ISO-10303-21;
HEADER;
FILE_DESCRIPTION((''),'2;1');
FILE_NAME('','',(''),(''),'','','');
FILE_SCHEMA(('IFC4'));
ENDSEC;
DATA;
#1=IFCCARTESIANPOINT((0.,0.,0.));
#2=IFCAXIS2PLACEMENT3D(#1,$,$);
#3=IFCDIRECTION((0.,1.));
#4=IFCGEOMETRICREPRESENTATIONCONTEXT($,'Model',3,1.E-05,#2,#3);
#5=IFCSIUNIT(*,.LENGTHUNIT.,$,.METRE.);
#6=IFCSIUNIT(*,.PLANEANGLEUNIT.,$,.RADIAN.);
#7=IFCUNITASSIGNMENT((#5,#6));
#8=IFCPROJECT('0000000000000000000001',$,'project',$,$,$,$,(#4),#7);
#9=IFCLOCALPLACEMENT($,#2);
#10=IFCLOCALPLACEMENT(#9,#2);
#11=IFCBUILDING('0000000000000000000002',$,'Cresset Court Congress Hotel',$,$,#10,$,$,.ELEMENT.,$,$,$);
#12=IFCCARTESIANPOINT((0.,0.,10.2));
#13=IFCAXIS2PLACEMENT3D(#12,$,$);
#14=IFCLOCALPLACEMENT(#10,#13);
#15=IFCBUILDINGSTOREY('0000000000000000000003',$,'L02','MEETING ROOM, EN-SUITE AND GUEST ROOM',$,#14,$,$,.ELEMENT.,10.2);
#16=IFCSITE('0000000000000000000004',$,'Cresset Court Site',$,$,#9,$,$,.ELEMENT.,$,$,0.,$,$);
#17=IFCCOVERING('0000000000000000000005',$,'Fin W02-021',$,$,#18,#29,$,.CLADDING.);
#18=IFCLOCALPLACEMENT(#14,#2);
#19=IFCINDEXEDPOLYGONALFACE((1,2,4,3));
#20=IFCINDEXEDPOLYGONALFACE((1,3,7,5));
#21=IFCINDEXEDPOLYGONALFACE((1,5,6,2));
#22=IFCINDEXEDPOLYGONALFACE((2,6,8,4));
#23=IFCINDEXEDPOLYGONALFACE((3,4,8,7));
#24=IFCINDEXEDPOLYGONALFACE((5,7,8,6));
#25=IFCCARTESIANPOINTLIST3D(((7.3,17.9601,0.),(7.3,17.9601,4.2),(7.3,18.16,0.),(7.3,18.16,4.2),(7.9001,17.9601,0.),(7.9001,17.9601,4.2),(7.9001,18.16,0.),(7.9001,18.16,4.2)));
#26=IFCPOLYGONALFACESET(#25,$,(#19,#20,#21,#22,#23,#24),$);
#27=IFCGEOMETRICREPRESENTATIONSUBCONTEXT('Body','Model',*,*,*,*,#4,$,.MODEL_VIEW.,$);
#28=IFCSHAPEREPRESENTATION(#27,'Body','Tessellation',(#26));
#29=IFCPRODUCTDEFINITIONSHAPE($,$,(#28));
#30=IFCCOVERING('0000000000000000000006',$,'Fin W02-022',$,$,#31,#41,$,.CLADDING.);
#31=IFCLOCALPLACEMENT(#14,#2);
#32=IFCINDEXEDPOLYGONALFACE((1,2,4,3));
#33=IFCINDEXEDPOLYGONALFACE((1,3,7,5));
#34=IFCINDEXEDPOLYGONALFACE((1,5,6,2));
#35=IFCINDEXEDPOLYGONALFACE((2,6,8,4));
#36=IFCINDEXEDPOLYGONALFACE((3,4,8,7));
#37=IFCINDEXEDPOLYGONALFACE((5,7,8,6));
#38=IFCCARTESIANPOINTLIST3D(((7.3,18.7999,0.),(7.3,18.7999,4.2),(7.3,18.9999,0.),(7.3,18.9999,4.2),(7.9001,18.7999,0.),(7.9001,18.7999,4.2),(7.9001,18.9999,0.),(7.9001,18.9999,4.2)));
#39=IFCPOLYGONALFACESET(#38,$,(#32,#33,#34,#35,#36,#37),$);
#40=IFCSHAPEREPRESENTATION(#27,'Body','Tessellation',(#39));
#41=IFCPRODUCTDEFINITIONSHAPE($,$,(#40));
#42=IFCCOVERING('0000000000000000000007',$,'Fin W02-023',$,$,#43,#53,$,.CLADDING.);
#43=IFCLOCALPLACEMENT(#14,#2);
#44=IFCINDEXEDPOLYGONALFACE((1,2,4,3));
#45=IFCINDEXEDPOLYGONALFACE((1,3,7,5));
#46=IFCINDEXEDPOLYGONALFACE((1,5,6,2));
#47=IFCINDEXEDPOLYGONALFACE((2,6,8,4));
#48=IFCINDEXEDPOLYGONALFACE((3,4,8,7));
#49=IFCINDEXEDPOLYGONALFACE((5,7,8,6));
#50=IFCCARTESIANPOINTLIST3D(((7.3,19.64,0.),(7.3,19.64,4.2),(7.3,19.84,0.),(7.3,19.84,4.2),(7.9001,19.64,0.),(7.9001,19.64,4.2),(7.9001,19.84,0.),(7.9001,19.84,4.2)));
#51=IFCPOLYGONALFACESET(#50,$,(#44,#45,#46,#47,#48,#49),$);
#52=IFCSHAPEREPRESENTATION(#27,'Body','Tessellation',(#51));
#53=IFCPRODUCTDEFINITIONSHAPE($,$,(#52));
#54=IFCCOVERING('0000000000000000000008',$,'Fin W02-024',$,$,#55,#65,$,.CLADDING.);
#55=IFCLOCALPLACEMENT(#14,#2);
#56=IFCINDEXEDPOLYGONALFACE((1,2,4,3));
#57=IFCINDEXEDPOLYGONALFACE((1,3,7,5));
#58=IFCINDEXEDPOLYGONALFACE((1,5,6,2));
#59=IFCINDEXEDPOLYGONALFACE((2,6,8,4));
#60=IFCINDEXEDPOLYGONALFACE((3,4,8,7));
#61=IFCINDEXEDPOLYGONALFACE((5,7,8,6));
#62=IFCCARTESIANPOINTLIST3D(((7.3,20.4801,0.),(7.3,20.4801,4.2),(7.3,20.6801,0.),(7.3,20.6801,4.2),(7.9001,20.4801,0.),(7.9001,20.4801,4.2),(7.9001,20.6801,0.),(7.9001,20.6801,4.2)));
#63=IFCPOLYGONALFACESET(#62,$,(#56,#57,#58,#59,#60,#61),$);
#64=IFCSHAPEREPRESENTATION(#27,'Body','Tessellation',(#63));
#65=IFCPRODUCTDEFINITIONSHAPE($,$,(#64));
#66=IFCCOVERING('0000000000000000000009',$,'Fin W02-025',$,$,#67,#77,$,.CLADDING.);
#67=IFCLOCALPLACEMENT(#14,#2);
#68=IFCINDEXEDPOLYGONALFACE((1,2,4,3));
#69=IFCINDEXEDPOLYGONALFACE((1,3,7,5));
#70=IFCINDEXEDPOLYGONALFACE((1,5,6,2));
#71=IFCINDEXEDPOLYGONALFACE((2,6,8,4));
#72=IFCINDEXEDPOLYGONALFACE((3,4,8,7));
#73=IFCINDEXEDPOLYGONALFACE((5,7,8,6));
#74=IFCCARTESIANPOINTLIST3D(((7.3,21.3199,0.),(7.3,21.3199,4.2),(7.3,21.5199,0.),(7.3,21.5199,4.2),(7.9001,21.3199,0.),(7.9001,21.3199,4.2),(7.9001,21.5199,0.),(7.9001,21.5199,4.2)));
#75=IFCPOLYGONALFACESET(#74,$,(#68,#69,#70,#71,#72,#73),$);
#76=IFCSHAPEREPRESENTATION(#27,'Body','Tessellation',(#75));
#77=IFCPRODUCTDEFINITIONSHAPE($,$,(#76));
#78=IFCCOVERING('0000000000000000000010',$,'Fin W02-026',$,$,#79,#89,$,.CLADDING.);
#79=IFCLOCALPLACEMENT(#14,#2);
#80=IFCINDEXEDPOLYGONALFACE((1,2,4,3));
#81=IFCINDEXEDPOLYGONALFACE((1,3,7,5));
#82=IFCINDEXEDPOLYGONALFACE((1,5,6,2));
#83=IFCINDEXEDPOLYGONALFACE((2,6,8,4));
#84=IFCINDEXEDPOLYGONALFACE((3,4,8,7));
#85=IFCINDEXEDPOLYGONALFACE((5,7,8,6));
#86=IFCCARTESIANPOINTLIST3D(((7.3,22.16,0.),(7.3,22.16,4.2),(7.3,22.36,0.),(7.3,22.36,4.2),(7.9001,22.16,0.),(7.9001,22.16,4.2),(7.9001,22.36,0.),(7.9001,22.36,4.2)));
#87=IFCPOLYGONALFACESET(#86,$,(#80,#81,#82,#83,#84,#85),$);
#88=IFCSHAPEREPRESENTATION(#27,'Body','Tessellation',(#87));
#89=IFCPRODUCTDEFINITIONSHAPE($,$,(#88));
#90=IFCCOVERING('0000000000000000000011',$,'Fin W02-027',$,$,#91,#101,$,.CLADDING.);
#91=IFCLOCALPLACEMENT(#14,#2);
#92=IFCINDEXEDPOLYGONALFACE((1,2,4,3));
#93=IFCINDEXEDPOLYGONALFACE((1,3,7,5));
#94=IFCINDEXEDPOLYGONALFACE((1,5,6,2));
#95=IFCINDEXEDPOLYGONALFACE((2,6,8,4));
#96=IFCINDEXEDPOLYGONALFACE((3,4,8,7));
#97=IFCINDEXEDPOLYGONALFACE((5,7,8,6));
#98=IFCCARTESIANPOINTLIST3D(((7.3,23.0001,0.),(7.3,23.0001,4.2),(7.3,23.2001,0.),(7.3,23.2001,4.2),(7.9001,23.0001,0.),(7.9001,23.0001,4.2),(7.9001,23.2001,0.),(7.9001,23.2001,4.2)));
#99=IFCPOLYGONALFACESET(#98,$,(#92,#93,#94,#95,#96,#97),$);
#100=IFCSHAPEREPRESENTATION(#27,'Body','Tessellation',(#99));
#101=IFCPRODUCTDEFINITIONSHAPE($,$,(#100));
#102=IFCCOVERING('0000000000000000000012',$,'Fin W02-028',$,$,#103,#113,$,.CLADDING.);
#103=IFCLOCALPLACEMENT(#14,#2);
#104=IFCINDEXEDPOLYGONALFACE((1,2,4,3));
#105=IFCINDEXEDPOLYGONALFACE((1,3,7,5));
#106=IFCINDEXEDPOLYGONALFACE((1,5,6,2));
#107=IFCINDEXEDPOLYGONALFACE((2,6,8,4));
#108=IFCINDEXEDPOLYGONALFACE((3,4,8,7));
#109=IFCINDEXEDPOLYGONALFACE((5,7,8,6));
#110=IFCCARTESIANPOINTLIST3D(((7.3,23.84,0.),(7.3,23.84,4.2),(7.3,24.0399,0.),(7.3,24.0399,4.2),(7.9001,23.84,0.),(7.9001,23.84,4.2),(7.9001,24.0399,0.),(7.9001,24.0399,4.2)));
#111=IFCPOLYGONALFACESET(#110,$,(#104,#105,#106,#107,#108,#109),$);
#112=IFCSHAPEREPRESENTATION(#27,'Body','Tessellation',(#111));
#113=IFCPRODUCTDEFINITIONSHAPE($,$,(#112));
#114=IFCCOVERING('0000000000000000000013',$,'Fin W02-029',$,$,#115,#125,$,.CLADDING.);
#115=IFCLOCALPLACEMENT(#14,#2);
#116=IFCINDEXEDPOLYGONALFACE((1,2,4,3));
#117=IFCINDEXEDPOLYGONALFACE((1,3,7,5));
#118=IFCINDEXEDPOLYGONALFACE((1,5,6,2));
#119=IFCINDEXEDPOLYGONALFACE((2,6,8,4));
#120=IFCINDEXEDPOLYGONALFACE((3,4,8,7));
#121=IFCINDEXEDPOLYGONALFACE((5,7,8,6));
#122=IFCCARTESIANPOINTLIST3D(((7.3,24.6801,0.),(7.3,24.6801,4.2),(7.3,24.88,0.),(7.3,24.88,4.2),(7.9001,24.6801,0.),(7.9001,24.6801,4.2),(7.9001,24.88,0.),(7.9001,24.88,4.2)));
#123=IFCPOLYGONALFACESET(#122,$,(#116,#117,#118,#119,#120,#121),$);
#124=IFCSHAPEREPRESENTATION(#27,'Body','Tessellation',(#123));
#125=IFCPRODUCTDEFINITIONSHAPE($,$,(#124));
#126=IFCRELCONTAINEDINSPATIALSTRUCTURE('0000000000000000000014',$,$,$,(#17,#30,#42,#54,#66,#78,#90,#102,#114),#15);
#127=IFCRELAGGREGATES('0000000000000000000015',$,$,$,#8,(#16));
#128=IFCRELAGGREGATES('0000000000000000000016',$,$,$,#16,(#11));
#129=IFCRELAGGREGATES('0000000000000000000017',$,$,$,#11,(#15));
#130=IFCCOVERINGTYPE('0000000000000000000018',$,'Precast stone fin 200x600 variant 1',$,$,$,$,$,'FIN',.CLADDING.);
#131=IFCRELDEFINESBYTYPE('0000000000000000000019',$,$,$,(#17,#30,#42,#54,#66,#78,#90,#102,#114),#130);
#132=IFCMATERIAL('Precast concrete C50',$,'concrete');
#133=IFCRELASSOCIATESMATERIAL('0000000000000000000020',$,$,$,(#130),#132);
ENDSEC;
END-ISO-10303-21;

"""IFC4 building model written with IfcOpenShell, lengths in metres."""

from ifc_helpers import new_model, si_unit, direction, frame, origin, origin_2d, place, context, subcontext, project, spatial, rectangle, extrude, material, type_object, element, save


model = new_model("IFC4")

# Units and contexts
model_context = context("Model", 3, precision=1e-05, world=origin(), true_north=direction((0.0, 1.0)))
body_context = subcontext(model_context, "Body", "Model", "MODEL_VIEW")
ifc_project = project(units=[si_unit("LENGTHUNIT", "METRE"), si_unit("PLANEANGLEUNIT", "RADIAN")], contexts=[model_context])

# Site, building, storey
site_placement = place(None, origin())
site = spatial("IfcSite", under=ifc_project, at=site_placement, Name="Cresset Court Site", CompositionType="ELEMENT", RefElevation=0.0)
building_placement = place(site_placement, origin())
building = spatial("IfcBuilding", under=site, at=building_placement, Name="Cresset Court Congress Hotel", CompositionType="ELEMENT")
storey_placement = place(building_placement, frame((0.0, 0.0, 10.2)))
storey = spatial("IfcBuildingStorey", under=building, at=storey_placement, Name="L02", Description="MEETING ROOM, EN-SUITE AND GUEST ROOM", CompositionType="ELEMENT", Elevation=10.2)

# Coverings
ifc_material_1 = material(Name="Precast concrete C50", Category="concrete")
covering_type = type_object("IfcCoveringType", Name="Precast stone fin 200x600 variant 1", ElementType="FIN", PredefinedType="CLADDING", material=ifc_material_1)
for number, where, z_axis, x_axis, name in (
    (1, (7.6001, 18.0601, 0.0), (0.0, 0.0, 1.0), (1.0, 0.0, 0.0), "Fin W02-021"),
    (2, (7.6001, 18.8999, 0.0), (0.0, 0.0, 1.0), (1.0, 0.0, 0.0), "Fin W02-022"),
    (3, (7.6001, 19.74, 0.0), (0.0, 0.0, 1.0), (1.0, 0.0, 0.0), "Fin W02-023"),
    (4, (7.6001, 20.5801, 0.0), (0.0, 0.0, 1.0), (1.0, 0.0, 0.0), "Fin W02-024"),
    (5, (7.6001, 21.4199, 0.0), (0.0, 0.0, 1.0), (1.0, 0.0, 0.0), "Fin W02-025"),
    (6, (7.6001, 22.26, 0.0), (0.0, 0.0, 1.0), (1.0, 0.0, 0.0), "Fin W02-026"),
    (7, (7.6001, 23.1001, 0.0), (0.0, 0.0, 1.0), (1.0, 0.0, 0.0), "Fin W02-027"),
    (8, (7.6001, 23.9399, 0.0), (0.0, 0.0, 1.0), (1.0, 0.0, 0.0), "Fin W02-028"),
    (9, (7.6001, 24.78, 0.0), (0.0, 0.0, 1.0), (1.0, 0.0, 0.0), "Fin W02-029"),
):
    element("IfcCovering", number, at=place(storey_placement, frame(where, z_axis=z_axis, x_axis=x_axis)), inside=storey, type_object=covering_type, Name=name, PredefinedType="CLADDING", context=body_context, shape_type="SweptSolid", body=[
        extrude(rectangle(XDim=0.6001, YDim=0.2, at=origin_2d()), origin(), (0.0, 0.0, 1.0), 4.2),
    ])

save(model, "model.ifc")
